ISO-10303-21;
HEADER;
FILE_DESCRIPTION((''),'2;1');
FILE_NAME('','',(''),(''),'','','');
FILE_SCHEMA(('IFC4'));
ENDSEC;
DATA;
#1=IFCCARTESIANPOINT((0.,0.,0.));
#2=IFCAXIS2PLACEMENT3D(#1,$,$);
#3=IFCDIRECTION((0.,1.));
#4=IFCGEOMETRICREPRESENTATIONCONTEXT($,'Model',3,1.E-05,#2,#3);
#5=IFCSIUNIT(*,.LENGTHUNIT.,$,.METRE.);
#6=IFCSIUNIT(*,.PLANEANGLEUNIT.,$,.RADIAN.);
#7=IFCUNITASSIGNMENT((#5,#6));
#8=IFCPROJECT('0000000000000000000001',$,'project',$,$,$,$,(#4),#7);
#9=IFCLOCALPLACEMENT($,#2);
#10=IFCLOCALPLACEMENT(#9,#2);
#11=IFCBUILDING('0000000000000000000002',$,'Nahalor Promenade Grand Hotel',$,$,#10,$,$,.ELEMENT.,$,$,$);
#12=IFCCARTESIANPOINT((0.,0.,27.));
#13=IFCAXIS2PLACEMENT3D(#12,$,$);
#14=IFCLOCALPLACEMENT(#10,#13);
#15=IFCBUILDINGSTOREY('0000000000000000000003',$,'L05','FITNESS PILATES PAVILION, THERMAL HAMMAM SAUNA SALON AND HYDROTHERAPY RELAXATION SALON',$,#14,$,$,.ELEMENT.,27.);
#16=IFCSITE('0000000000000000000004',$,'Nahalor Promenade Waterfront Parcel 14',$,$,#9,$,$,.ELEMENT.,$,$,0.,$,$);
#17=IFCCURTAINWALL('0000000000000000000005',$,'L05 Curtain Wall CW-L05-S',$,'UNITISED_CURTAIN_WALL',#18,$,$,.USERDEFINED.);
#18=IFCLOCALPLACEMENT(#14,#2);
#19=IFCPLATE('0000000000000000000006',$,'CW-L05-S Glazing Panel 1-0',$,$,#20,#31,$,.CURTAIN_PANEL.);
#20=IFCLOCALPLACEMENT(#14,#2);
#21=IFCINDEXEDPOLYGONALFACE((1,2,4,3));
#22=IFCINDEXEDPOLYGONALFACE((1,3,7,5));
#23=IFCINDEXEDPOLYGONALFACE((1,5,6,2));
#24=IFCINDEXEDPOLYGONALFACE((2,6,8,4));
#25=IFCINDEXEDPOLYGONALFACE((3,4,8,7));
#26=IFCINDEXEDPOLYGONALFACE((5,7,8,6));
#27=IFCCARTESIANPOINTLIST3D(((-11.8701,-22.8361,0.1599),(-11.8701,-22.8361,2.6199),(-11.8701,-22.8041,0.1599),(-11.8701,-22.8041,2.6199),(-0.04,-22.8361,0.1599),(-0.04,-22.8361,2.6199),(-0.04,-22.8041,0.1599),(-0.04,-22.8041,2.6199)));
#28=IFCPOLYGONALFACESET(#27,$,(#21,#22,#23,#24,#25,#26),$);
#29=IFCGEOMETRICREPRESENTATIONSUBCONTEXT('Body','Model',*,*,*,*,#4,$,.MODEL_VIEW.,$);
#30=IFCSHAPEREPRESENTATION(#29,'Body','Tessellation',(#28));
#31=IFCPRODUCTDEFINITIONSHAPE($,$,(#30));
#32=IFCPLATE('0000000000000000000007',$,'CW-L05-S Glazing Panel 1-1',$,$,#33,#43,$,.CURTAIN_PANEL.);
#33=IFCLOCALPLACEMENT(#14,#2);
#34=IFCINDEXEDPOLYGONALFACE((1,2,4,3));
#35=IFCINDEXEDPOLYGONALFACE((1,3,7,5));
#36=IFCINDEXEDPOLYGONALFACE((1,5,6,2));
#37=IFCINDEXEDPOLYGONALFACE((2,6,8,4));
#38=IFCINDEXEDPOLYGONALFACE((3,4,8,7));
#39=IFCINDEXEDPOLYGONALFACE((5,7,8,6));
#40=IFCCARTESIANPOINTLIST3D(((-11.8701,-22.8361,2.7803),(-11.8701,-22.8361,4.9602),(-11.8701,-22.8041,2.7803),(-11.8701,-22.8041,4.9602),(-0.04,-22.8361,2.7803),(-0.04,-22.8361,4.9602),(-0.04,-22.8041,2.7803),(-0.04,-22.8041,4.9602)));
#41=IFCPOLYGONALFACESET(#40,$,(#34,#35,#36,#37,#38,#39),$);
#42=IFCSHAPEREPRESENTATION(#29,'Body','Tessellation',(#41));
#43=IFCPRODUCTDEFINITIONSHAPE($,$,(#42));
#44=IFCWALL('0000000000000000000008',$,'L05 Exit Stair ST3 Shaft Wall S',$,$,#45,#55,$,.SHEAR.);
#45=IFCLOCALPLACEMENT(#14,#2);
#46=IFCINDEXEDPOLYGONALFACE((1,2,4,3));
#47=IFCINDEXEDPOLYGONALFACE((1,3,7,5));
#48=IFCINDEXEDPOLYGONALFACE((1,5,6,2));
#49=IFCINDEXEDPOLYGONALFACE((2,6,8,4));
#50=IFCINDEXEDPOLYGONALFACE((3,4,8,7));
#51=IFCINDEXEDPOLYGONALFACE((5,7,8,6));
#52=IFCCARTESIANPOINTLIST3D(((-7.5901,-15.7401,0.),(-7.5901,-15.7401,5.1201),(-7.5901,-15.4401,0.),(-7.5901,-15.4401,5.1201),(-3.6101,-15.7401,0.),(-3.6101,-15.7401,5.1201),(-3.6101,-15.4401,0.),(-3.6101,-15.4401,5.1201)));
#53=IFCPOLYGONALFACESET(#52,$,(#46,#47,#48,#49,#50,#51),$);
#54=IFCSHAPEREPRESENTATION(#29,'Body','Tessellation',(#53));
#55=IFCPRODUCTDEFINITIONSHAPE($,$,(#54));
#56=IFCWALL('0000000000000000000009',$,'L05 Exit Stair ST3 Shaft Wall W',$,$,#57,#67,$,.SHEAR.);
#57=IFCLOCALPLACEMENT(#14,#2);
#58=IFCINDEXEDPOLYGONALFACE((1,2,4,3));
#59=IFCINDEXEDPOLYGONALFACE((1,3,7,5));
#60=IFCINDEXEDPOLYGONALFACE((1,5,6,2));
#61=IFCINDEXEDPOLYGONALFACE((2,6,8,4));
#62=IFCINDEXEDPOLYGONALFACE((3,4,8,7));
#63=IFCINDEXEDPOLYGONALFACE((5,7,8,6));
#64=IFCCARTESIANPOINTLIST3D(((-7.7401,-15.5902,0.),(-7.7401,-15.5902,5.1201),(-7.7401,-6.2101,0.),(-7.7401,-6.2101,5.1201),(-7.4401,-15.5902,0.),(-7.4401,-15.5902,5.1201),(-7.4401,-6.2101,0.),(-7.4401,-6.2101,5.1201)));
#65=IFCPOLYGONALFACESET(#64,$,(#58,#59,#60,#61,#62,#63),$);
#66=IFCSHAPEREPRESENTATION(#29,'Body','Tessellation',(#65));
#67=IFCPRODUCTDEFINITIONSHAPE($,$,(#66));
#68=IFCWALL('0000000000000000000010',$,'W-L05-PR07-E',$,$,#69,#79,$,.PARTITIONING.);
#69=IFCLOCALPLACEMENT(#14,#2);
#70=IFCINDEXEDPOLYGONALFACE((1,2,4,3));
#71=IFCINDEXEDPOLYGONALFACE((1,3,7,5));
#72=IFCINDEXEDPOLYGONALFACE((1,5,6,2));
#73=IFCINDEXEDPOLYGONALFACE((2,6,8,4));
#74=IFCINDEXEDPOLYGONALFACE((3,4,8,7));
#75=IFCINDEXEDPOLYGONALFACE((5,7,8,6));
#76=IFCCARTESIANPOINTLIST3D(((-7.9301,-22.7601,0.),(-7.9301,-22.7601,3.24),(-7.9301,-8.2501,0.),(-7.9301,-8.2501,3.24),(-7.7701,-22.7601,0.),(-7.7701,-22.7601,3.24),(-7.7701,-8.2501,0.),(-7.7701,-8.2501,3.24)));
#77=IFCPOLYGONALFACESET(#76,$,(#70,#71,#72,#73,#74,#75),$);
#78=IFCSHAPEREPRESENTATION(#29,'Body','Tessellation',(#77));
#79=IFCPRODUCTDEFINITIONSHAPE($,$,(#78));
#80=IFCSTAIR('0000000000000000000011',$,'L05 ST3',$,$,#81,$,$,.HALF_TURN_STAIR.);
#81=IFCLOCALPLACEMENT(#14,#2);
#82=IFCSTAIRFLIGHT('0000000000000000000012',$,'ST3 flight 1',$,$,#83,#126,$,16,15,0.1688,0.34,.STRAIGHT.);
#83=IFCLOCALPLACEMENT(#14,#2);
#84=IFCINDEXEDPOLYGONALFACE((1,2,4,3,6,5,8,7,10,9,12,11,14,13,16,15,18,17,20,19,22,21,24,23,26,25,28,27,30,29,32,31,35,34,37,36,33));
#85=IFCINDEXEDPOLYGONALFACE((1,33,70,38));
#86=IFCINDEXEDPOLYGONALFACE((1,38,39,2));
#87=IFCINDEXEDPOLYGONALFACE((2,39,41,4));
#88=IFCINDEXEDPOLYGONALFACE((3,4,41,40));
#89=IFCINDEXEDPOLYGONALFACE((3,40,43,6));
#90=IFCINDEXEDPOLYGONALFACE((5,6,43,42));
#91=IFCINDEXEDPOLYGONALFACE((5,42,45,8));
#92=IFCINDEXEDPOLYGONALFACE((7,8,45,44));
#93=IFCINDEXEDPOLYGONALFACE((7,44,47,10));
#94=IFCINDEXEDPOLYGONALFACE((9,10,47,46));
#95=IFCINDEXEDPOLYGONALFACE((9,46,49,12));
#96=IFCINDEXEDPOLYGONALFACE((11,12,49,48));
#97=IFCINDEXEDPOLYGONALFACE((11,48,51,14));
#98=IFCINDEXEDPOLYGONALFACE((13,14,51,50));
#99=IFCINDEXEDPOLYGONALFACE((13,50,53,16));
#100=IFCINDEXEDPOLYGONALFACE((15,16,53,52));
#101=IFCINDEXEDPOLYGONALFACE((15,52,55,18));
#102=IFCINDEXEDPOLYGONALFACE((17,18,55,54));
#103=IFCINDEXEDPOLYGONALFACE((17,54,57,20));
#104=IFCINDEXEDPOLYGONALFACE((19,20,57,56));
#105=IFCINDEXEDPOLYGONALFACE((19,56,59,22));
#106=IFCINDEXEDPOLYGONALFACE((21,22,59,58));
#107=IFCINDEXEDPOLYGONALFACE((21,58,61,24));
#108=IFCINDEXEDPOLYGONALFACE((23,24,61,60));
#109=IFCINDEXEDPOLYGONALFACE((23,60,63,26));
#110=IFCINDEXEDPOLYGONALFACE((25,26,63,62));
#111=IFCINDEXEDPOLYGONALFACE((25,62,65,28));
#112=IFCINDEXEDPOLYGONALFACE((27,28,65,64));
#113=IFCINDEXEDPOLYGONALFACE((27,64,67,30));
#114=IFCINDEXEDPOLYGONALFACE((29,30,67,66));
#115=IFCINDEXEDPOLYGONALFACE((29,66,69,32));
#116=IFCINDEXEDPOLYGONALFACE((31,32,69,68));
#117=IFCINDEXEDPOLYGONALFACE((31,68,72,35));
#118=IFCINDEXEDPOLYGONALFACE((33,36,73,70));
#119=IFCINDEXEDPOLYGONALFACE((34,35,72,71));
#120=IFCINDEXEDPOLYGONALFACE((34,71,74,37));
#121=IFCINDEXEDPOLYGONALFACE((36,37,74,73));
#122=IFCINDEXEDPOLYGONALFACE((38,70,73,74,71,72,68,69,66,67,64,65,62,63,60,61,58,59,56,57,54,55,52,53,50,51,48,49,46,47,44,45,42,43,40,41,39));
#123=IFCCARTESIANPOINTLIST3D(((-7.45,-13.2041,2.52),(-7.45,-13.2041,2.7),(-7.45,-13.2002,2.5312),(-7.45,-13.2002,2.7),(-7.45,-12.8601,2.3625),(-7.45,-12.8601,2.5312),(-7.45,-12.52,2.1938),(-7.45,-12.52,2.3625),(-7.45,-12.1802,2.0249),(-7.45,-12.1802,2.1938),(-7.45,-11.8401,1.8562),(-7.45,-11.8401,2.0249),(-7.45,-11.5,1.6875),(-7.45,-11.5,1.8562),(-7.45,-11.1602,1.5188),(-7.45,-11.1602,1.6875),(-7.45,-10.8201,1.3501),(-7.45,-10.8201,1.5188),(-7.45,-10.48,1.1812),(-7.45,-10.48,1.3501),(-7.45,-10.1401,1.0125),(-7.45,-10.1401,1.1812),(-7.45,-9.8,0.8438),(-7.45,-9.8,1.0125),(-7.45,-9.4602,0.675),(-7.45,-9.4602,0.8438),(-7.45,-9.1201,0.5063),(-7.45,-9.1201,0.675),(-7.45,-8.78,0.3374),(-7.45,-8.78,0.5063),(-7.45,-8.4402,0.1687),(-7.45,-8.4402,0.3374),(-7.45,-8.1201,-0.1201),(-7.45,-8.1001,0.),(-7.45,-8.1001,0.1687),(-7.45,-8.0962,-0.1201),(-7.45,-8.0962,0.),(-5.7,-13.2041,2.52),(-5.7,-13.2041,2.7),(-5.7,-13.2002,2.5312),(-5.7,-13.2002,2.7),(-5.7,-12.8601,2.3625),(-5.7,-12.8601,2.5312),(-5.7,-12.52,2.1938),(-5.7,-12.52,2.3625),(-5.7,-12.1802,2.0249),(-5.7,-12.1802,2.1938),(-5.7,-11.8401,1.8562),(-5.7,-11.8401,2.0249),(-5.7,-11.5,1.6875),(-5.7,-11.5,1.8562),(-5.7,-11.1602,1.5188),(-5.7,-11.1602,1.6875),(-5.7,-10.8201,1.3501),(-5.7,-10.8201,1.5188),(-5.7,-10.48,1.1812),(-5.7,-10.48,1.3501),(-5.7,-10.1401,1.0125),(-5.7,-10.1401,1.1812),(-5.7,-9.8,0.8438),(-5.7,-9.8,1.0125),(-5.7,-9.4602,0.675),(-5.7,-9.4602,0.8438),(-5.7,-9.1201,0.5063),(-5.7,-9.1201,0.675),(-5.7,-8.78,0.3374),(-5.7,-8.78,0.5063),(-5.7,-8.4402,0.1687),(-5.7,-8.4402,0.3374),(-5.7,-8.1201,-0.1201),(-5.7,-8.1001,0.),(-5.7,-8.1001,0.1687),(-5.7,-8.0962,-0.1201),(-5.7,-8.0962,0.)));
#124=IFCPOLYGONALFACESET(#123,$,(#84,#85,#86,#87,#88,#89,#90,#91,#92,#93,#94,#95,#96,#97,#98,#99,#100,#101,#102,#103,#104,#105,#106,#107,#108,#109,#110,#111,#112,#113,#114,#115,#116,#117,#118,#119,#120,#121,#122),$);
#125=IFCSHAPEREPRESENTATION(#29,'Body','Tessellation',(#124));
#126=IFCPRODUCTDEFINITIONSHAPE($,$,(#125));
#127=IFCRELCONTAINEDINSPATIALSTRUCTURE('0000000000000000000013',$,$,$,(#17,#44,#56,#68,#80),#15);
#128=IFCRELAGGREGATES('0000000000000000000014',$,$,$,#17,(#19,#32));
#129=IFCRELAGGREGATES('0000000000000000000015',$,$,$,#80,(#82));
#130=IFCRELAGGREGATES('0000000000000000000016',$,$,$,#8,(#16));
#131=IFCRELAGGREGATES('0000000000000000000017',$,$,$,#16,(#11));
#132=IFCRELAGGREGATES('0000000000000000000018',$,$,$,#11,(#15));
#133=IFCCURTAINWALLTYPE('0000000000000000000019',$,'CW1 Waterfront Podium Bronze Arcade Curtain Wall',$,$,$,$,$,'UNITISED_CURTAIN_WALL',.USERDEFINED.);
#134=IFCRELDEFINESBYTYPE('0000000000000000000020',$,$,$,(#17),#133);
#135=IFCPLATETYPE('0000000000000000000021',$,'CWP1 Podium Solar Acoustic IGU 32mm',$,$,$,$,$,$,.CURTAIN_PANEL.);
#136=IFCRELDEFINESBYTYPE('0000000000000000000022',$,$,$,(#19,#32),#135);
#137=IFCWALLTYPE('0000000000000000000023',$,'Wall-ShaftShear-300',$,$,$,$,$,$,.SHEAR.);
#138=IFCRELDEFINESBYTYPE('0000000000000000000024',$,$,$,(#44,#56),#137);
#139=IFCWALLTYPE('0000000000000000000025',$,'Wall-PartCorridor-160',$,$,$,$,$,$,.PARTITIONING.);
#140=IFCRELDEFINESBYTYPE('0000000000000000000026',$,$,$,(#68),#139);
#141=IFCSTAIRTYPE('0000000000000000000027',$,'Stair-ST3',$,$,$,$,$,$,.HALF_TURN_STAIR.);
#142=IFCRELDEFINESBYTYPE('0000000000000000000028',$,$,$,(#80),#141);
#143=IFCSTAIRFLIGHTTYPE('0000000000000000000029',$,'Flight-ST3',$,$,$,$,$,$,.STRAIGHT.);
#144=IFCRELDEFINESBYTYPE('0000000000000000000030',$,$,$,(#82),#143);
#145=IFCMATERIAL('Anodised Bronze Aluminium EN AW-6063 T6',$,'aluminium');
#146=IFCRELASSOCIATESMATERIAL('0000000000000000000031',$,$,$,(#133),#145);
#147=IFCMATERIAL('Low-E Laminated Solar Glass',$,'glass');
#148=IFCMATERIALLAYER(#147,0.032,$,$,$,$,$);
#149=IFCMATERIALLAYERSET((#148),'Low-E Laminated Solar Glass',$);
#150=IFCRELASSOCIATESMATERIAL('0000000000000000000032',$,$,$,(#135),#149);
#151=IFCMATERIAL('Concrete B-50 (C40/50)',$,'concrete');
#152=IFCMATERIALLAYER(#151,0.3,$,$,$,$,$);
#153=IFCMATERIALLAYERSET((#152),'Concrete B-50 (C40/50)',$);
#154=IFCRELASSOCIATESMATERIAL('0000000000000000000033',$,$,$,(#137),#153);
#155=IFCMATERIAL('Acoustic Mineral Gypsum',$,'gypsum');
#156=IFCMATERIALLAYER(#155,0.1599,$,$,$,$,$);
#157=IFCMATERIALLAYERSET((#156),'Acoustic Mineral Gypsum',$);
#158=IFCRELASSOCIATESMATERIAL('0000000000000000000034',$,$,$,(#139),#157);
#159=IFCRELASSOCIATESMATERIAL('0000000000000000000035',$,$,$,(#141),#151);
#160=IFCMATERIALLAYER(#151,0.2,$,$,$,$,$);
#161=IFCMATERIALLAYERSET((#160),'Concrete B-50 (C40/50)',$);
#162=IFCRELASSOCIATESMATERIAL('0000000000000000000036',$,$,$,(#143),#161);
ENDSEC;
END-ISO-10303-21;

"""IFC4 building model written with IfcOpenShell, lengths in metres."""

from ifc_helpers import new_model, si_unit, direction, frame, frame_2d, origin, origin_2d, place, context, subcontext, project, spatial, polyline, rectangle, outline, extrude, source, transform, mapped, material, layer, layer_set, type_object, element, aggregate, save


model = new_model("IFC4")

# Units and contexts
model_context = context("Model", 3, precision=1e-05, world=origin(), true_north=direction((0.0, 1.0)))
body_context = subcontext(model_context, "Body", "Model", "MODEL_VIEW")
ifc_project = project(units=[si_unit("LENGTHUNIT", "METRE"), si_unit("PLANEANGLEUNIT", "RADIAN")], contexts=[model_context])

# Site, building, storey
site_placement = place(None, origin())
site = spatial("IfcSite", under=ifc_project, at=site_placement, Name="Nahalor Promenade Waterfront Parcel 14", CompositionType="ELEMENT", RefElevation=0.0)
building_placement = place(site_placement, origin())
building = spatial("IfcBuilding", under=site, at=building_placement, Name="Nahalor Promenade Grand Hotel", CompositionType="ELEMENT")
storey_placement = place(building_placement, frame((0.0, 0.0, 27.0)))
storey = spatial("IfcBuildingStorey", under=building, at=storey_placement, Name="L05", Description="FITNESS PILATES PAVILION, THERMAL HAMMAM SAUNA SALON AND HYDROTHERAPY RELAXATION SALON", CompositionType="ELEMENT", Elevation=27.0)

# Curtain wall
ifc_material_1 = material(Name="Anodised Bronze Aluminium EN AW-6063 T6", Category="aluminium")
curtain_wall_type = type_object("IfcCurtainWallType", Name="CW1 Waterfront Podium Bronze Arcade Curtain Wall", ElementType="UNITISED_CURTAIN_WALL", PredefinedType="USERDEFINED", material=ifc_material_1)
curtain_wall_placement = place(storey_placement, origin())
curtain_wall = element("IfcCurtainWall", 1, at=curtain_wall_placement, inside=storey, type_object=curtain_wall_type, Name="L05 Curtain Wall CW-L05-S", ObjectType="UNITISED_CURTAIN_WALL", PredefinedType="USERDEFINED")

# Plates
ifc_material_2 = material(Name="Low-E Laminated Solar Glass", Category="glass")
ifc_layer_1 = layer(ifc_material_2, 0.032)
ifc_layer_set_1 = layer_set([ifc_layer_1], Name="Low-E Laminated Solar Glass")
plate_type_1 = type_object("IfcPlateType", Name="CWP1 Podium Solar Acoustic IGU 32mm", PredefinedType="CURTAIN_PANEL", material=ifc_layer_set_1)
shared_shape_1 = source(origin(), body_context, "Body", "SweptSolid", [
    extrude(rectangle(XDim=11.8301, YDim=0.032, at=origin_2d()), origin(), (0.0, 0.0, 1.0), 2.46),
])
plate_1_placement = place(storey_placement, frame((-5.9551, -22.8201, 0.1599), z_axis=(0.0, 0.0, 1.0), x_axis=(1.0, 0.0, 0.0)))
plate_1 = element("IfcPlate", 2, at=plate_1_placement, type_object=plate_type_1, Name="CW-L05-S Glazing Panel 1-0", PredefinedType="CURTAIN_PANEL", context=body_context, shape_type="MappedRepresentation", body=[
    mapped(shared_shape_1, transform((0.0, 0.0, 0.0), scale=1.0)),
])
shared_shape_2 = source(origin(), body_context, "Body", "SweptSolid", [
    extrude(rectangle(XDim=11.8301, YDim=0.032, at=origin_2d()), origin(), (0.0, 0.0, 1.0), 2.1799),
])
plate_2_placement = place(storey_placement, frame((-5.9551, -22.8201, 2.7803), z_axis=(0.0, 0.0, 1.0), x_axis=(1.0, 0.0, 0.0)))
plate_2 = element("IfcPlate", 3, at=plate_2_placement, type_object=plate_type_1, Name="CW-L05-S Glazing Panel 1-1", PredefinedType="CURTAIN_PANEL", context=body_context, shape_type="MappedRepresentation", body=[
    mapped(shared_shape_2, transform((0.0, 0.0, 0.0), scale=1.0)),
])
aggregate(curtain_wall, [plate_1, plate_2])

# Wall
ifc_material_3 = material(Name="Concrete B-50 (C40/50)", Category="concrete")
ifc_layer_2 = layer(ifc_material_3, 0.3)
ifc_layer_set_2 = layer_set([ifc_layer_2], Name="Concrete B-50 (C40/50)")
wall_type_1 = type_object("IfcWallType", Name="Wall-ShaftShear-300", PredefinedType="SHEAR", material=ifc_layer_set_2)
shared_shape_3 = source(origin(), body_context, "Body", "SweptSolid", [
    extrude(rectangle(XDim=3.98, YDim=0.3, at=frame_2d((1.99, 0.0))), origin(), (0.0, 0.0, 1.0), 5.1201),
])
wall_1_placement = place(storey_placement, frame((-7.5901, -15.5901, 0.0), z_axis=(0.0, 0.0, 1.0), x_axis=(1.0, 0.0, 0.0)))
element("IfcWall", 4, at=wall_1_placement, inside=storey, type_object=wall_type_1, Name="L05 Exit Stair ST3 Shaft Wall S", PredefinedType="SHEAR", context=body_context, shape_type="MappedRepresentation", body=[
    mapped(shared_shape_3, transform((0.0, 0.0, 0.0), scale=1.0)),
])

# Walls
shared_shape_4 = source(origin(), body_context, "Body", "SweptSolid", [
    extrude(rectangle(XDim=9.3801, YDim=0.3, at=frame_2d((4.6899, 0.0))), origin(), (0.0, 0.0, 1.0), 5.1201),
])
wall_2_placement = place(storey_placement, frame((-7.5901, -15.5901, 0.0), z_axis=(0.0, 0.0, 1.0), x_axis=(0.0, 1.0, 0.0)))
element("IfcWall", 5, at=wall_2_placement, inside=storey, type_object=wall_type_1, Name="L05 Exit Stair ST3 Shaft Wall W", PredefinedType="SHEAR", context=body_context, shape_type="MappedRepresentation", body=[
    mapped(shared_shape_4, transform((0.0, 0.0, 0.0), scale=1.0)),
])
ifc_material_4 = material(Name="Acoustic Mineral Gypsum", Category="gypsum")
ifc_layer_3 = layer(ifc_material_4, 0.1599)
ifc_layer_set_3 = layer_set([ifc_layer_3], Name="Acoustic Mineral Gypsum")
wall_type_2 = type_object("IfcWallType", Name="Wall-PartCorridor-160", PredefinedType="PARTITIONING", material=ifc_layer_set_3)
shared_shape_5 = source(origin(), body_context, "Body", "SweptSolid", [
    extrude(rectangle(XDim=14.51, YDim=0.1599, at=frame_2d((7.2549, 0.0))), origin(), (0.0, 0.0, 1.0), 3.24),
])
wall_3_placement = place(storey_placement, frame((-7.8501, -22.76, 0.0), z_axis=(0.0, 0.0, 1.0), x_axis=(0.0, 1.0, 0.0)))
element("IfcWall", 6, at=wall_3_placement, inside=storey, type_object=wall_type_2, Name="W-L05-PR07-E", PredefinedType="PARTITIONING", context=body_context, shape_type="MappedRepresentation", body=[
    mapped(shared_shape_5, transform((0.0, 0.0, 0.0), scale=1.0)),
])

# Stair, stair flight
stair_type = type_object("IfcStairType", Name="Stair-ST3", PredefinedType="HALF_TURN_STAIR", material=ifc_material_3)
stair_placement = place(storey_placement, origin())
stair = element("IfcStair", 7, at=stair_placement, inside=storey, type_object=stair_type, Name="L05 ST3", PredefinedType="HALF_TURN_STAIR")
ifc_layer_4 = layer(ifc_material_3, 0.2)
ifc_layer_set_4 = layer_set([ifc_layer_4], Name="Concrete B-50 (C40/50)")
stair_flight_type = type_object("IfcStairFlightType", Name="Flight-ST3", PredefinedType="STRAIGHT", material=ifc_layer_set_4)
shared_shape_6 = source(origin(), body_context, "Body", "SweptSolid", [
    extrude(outline(polyline([(-0.0039, -0.1201), (-0.0039, 0.0), (0.0, 0.0), (0.0, 0.1687), (0.3401, 0.1687), (0.3401, 0.3374), (0.6799, 0.3374), (0.6799, 0.5063), (1.02, 0.5063), (1.02, 0.675), (1.3601, 0.675), (1.3601, 0.8438), (1.7, 0.8438), (1.7, 1.0125), (2.04, 1.0125), (2.04, 1.1812), (2.3799, 1.1812), (2.3799, 1.3501), (2.72, 1.3501), (2.72, 1.5188), (3.0601, 1.5188), (3.0601, 1.6875), (3.3999, 1.6875), (3.3999, 1.8562), (3.74, 1.8562), (3.74, 2.0249), (4.0801, 2.0249), (4.0801, 2.1938), (4.4199, 2.1938), (4.4199, 2.3625), (4.76, 2.3625), (4.76, 2.5312), (5.1001, 2.5312), (5.1001, 2.7), (5.104, 2.7), (5.104, 2.52), (0.02, -0.1201), (-0.0039, -0.1201)])), frame((0.0, 0.875, 0.0), z_axis=(0.0, -1.0, 0.0), x_axis=(1.0, 0.0, 0.0)), (0.0, 0.0, 1.0), 1.75),
])
stair_flight_placement = place(storey_placement, frame((-6.575, -8.1001, 0.0), z_axis=(0.0, 0.0, 1.0), x_axis=(0.0, -1.0, 0.0)))
stair_flight = element("IfcStairFlight", 8, at=stair_flight_placement, type_object=stair_flight_type, Name="ST3 flight 1", NumberOfRisers=16, NumberOfTreads=15, PredefinedType="STRAIGHT", RiserHeight=0.1688, TreadLength=0.34, context=body_context, shape_type="MappedRepresentation", body=[
    mapped(shared_shape_6, transform((0.0, 0.0, 0.0), scale=1.0)),
])
aggregate(stair, [stair_flight])

save(model, "model.ifc")
